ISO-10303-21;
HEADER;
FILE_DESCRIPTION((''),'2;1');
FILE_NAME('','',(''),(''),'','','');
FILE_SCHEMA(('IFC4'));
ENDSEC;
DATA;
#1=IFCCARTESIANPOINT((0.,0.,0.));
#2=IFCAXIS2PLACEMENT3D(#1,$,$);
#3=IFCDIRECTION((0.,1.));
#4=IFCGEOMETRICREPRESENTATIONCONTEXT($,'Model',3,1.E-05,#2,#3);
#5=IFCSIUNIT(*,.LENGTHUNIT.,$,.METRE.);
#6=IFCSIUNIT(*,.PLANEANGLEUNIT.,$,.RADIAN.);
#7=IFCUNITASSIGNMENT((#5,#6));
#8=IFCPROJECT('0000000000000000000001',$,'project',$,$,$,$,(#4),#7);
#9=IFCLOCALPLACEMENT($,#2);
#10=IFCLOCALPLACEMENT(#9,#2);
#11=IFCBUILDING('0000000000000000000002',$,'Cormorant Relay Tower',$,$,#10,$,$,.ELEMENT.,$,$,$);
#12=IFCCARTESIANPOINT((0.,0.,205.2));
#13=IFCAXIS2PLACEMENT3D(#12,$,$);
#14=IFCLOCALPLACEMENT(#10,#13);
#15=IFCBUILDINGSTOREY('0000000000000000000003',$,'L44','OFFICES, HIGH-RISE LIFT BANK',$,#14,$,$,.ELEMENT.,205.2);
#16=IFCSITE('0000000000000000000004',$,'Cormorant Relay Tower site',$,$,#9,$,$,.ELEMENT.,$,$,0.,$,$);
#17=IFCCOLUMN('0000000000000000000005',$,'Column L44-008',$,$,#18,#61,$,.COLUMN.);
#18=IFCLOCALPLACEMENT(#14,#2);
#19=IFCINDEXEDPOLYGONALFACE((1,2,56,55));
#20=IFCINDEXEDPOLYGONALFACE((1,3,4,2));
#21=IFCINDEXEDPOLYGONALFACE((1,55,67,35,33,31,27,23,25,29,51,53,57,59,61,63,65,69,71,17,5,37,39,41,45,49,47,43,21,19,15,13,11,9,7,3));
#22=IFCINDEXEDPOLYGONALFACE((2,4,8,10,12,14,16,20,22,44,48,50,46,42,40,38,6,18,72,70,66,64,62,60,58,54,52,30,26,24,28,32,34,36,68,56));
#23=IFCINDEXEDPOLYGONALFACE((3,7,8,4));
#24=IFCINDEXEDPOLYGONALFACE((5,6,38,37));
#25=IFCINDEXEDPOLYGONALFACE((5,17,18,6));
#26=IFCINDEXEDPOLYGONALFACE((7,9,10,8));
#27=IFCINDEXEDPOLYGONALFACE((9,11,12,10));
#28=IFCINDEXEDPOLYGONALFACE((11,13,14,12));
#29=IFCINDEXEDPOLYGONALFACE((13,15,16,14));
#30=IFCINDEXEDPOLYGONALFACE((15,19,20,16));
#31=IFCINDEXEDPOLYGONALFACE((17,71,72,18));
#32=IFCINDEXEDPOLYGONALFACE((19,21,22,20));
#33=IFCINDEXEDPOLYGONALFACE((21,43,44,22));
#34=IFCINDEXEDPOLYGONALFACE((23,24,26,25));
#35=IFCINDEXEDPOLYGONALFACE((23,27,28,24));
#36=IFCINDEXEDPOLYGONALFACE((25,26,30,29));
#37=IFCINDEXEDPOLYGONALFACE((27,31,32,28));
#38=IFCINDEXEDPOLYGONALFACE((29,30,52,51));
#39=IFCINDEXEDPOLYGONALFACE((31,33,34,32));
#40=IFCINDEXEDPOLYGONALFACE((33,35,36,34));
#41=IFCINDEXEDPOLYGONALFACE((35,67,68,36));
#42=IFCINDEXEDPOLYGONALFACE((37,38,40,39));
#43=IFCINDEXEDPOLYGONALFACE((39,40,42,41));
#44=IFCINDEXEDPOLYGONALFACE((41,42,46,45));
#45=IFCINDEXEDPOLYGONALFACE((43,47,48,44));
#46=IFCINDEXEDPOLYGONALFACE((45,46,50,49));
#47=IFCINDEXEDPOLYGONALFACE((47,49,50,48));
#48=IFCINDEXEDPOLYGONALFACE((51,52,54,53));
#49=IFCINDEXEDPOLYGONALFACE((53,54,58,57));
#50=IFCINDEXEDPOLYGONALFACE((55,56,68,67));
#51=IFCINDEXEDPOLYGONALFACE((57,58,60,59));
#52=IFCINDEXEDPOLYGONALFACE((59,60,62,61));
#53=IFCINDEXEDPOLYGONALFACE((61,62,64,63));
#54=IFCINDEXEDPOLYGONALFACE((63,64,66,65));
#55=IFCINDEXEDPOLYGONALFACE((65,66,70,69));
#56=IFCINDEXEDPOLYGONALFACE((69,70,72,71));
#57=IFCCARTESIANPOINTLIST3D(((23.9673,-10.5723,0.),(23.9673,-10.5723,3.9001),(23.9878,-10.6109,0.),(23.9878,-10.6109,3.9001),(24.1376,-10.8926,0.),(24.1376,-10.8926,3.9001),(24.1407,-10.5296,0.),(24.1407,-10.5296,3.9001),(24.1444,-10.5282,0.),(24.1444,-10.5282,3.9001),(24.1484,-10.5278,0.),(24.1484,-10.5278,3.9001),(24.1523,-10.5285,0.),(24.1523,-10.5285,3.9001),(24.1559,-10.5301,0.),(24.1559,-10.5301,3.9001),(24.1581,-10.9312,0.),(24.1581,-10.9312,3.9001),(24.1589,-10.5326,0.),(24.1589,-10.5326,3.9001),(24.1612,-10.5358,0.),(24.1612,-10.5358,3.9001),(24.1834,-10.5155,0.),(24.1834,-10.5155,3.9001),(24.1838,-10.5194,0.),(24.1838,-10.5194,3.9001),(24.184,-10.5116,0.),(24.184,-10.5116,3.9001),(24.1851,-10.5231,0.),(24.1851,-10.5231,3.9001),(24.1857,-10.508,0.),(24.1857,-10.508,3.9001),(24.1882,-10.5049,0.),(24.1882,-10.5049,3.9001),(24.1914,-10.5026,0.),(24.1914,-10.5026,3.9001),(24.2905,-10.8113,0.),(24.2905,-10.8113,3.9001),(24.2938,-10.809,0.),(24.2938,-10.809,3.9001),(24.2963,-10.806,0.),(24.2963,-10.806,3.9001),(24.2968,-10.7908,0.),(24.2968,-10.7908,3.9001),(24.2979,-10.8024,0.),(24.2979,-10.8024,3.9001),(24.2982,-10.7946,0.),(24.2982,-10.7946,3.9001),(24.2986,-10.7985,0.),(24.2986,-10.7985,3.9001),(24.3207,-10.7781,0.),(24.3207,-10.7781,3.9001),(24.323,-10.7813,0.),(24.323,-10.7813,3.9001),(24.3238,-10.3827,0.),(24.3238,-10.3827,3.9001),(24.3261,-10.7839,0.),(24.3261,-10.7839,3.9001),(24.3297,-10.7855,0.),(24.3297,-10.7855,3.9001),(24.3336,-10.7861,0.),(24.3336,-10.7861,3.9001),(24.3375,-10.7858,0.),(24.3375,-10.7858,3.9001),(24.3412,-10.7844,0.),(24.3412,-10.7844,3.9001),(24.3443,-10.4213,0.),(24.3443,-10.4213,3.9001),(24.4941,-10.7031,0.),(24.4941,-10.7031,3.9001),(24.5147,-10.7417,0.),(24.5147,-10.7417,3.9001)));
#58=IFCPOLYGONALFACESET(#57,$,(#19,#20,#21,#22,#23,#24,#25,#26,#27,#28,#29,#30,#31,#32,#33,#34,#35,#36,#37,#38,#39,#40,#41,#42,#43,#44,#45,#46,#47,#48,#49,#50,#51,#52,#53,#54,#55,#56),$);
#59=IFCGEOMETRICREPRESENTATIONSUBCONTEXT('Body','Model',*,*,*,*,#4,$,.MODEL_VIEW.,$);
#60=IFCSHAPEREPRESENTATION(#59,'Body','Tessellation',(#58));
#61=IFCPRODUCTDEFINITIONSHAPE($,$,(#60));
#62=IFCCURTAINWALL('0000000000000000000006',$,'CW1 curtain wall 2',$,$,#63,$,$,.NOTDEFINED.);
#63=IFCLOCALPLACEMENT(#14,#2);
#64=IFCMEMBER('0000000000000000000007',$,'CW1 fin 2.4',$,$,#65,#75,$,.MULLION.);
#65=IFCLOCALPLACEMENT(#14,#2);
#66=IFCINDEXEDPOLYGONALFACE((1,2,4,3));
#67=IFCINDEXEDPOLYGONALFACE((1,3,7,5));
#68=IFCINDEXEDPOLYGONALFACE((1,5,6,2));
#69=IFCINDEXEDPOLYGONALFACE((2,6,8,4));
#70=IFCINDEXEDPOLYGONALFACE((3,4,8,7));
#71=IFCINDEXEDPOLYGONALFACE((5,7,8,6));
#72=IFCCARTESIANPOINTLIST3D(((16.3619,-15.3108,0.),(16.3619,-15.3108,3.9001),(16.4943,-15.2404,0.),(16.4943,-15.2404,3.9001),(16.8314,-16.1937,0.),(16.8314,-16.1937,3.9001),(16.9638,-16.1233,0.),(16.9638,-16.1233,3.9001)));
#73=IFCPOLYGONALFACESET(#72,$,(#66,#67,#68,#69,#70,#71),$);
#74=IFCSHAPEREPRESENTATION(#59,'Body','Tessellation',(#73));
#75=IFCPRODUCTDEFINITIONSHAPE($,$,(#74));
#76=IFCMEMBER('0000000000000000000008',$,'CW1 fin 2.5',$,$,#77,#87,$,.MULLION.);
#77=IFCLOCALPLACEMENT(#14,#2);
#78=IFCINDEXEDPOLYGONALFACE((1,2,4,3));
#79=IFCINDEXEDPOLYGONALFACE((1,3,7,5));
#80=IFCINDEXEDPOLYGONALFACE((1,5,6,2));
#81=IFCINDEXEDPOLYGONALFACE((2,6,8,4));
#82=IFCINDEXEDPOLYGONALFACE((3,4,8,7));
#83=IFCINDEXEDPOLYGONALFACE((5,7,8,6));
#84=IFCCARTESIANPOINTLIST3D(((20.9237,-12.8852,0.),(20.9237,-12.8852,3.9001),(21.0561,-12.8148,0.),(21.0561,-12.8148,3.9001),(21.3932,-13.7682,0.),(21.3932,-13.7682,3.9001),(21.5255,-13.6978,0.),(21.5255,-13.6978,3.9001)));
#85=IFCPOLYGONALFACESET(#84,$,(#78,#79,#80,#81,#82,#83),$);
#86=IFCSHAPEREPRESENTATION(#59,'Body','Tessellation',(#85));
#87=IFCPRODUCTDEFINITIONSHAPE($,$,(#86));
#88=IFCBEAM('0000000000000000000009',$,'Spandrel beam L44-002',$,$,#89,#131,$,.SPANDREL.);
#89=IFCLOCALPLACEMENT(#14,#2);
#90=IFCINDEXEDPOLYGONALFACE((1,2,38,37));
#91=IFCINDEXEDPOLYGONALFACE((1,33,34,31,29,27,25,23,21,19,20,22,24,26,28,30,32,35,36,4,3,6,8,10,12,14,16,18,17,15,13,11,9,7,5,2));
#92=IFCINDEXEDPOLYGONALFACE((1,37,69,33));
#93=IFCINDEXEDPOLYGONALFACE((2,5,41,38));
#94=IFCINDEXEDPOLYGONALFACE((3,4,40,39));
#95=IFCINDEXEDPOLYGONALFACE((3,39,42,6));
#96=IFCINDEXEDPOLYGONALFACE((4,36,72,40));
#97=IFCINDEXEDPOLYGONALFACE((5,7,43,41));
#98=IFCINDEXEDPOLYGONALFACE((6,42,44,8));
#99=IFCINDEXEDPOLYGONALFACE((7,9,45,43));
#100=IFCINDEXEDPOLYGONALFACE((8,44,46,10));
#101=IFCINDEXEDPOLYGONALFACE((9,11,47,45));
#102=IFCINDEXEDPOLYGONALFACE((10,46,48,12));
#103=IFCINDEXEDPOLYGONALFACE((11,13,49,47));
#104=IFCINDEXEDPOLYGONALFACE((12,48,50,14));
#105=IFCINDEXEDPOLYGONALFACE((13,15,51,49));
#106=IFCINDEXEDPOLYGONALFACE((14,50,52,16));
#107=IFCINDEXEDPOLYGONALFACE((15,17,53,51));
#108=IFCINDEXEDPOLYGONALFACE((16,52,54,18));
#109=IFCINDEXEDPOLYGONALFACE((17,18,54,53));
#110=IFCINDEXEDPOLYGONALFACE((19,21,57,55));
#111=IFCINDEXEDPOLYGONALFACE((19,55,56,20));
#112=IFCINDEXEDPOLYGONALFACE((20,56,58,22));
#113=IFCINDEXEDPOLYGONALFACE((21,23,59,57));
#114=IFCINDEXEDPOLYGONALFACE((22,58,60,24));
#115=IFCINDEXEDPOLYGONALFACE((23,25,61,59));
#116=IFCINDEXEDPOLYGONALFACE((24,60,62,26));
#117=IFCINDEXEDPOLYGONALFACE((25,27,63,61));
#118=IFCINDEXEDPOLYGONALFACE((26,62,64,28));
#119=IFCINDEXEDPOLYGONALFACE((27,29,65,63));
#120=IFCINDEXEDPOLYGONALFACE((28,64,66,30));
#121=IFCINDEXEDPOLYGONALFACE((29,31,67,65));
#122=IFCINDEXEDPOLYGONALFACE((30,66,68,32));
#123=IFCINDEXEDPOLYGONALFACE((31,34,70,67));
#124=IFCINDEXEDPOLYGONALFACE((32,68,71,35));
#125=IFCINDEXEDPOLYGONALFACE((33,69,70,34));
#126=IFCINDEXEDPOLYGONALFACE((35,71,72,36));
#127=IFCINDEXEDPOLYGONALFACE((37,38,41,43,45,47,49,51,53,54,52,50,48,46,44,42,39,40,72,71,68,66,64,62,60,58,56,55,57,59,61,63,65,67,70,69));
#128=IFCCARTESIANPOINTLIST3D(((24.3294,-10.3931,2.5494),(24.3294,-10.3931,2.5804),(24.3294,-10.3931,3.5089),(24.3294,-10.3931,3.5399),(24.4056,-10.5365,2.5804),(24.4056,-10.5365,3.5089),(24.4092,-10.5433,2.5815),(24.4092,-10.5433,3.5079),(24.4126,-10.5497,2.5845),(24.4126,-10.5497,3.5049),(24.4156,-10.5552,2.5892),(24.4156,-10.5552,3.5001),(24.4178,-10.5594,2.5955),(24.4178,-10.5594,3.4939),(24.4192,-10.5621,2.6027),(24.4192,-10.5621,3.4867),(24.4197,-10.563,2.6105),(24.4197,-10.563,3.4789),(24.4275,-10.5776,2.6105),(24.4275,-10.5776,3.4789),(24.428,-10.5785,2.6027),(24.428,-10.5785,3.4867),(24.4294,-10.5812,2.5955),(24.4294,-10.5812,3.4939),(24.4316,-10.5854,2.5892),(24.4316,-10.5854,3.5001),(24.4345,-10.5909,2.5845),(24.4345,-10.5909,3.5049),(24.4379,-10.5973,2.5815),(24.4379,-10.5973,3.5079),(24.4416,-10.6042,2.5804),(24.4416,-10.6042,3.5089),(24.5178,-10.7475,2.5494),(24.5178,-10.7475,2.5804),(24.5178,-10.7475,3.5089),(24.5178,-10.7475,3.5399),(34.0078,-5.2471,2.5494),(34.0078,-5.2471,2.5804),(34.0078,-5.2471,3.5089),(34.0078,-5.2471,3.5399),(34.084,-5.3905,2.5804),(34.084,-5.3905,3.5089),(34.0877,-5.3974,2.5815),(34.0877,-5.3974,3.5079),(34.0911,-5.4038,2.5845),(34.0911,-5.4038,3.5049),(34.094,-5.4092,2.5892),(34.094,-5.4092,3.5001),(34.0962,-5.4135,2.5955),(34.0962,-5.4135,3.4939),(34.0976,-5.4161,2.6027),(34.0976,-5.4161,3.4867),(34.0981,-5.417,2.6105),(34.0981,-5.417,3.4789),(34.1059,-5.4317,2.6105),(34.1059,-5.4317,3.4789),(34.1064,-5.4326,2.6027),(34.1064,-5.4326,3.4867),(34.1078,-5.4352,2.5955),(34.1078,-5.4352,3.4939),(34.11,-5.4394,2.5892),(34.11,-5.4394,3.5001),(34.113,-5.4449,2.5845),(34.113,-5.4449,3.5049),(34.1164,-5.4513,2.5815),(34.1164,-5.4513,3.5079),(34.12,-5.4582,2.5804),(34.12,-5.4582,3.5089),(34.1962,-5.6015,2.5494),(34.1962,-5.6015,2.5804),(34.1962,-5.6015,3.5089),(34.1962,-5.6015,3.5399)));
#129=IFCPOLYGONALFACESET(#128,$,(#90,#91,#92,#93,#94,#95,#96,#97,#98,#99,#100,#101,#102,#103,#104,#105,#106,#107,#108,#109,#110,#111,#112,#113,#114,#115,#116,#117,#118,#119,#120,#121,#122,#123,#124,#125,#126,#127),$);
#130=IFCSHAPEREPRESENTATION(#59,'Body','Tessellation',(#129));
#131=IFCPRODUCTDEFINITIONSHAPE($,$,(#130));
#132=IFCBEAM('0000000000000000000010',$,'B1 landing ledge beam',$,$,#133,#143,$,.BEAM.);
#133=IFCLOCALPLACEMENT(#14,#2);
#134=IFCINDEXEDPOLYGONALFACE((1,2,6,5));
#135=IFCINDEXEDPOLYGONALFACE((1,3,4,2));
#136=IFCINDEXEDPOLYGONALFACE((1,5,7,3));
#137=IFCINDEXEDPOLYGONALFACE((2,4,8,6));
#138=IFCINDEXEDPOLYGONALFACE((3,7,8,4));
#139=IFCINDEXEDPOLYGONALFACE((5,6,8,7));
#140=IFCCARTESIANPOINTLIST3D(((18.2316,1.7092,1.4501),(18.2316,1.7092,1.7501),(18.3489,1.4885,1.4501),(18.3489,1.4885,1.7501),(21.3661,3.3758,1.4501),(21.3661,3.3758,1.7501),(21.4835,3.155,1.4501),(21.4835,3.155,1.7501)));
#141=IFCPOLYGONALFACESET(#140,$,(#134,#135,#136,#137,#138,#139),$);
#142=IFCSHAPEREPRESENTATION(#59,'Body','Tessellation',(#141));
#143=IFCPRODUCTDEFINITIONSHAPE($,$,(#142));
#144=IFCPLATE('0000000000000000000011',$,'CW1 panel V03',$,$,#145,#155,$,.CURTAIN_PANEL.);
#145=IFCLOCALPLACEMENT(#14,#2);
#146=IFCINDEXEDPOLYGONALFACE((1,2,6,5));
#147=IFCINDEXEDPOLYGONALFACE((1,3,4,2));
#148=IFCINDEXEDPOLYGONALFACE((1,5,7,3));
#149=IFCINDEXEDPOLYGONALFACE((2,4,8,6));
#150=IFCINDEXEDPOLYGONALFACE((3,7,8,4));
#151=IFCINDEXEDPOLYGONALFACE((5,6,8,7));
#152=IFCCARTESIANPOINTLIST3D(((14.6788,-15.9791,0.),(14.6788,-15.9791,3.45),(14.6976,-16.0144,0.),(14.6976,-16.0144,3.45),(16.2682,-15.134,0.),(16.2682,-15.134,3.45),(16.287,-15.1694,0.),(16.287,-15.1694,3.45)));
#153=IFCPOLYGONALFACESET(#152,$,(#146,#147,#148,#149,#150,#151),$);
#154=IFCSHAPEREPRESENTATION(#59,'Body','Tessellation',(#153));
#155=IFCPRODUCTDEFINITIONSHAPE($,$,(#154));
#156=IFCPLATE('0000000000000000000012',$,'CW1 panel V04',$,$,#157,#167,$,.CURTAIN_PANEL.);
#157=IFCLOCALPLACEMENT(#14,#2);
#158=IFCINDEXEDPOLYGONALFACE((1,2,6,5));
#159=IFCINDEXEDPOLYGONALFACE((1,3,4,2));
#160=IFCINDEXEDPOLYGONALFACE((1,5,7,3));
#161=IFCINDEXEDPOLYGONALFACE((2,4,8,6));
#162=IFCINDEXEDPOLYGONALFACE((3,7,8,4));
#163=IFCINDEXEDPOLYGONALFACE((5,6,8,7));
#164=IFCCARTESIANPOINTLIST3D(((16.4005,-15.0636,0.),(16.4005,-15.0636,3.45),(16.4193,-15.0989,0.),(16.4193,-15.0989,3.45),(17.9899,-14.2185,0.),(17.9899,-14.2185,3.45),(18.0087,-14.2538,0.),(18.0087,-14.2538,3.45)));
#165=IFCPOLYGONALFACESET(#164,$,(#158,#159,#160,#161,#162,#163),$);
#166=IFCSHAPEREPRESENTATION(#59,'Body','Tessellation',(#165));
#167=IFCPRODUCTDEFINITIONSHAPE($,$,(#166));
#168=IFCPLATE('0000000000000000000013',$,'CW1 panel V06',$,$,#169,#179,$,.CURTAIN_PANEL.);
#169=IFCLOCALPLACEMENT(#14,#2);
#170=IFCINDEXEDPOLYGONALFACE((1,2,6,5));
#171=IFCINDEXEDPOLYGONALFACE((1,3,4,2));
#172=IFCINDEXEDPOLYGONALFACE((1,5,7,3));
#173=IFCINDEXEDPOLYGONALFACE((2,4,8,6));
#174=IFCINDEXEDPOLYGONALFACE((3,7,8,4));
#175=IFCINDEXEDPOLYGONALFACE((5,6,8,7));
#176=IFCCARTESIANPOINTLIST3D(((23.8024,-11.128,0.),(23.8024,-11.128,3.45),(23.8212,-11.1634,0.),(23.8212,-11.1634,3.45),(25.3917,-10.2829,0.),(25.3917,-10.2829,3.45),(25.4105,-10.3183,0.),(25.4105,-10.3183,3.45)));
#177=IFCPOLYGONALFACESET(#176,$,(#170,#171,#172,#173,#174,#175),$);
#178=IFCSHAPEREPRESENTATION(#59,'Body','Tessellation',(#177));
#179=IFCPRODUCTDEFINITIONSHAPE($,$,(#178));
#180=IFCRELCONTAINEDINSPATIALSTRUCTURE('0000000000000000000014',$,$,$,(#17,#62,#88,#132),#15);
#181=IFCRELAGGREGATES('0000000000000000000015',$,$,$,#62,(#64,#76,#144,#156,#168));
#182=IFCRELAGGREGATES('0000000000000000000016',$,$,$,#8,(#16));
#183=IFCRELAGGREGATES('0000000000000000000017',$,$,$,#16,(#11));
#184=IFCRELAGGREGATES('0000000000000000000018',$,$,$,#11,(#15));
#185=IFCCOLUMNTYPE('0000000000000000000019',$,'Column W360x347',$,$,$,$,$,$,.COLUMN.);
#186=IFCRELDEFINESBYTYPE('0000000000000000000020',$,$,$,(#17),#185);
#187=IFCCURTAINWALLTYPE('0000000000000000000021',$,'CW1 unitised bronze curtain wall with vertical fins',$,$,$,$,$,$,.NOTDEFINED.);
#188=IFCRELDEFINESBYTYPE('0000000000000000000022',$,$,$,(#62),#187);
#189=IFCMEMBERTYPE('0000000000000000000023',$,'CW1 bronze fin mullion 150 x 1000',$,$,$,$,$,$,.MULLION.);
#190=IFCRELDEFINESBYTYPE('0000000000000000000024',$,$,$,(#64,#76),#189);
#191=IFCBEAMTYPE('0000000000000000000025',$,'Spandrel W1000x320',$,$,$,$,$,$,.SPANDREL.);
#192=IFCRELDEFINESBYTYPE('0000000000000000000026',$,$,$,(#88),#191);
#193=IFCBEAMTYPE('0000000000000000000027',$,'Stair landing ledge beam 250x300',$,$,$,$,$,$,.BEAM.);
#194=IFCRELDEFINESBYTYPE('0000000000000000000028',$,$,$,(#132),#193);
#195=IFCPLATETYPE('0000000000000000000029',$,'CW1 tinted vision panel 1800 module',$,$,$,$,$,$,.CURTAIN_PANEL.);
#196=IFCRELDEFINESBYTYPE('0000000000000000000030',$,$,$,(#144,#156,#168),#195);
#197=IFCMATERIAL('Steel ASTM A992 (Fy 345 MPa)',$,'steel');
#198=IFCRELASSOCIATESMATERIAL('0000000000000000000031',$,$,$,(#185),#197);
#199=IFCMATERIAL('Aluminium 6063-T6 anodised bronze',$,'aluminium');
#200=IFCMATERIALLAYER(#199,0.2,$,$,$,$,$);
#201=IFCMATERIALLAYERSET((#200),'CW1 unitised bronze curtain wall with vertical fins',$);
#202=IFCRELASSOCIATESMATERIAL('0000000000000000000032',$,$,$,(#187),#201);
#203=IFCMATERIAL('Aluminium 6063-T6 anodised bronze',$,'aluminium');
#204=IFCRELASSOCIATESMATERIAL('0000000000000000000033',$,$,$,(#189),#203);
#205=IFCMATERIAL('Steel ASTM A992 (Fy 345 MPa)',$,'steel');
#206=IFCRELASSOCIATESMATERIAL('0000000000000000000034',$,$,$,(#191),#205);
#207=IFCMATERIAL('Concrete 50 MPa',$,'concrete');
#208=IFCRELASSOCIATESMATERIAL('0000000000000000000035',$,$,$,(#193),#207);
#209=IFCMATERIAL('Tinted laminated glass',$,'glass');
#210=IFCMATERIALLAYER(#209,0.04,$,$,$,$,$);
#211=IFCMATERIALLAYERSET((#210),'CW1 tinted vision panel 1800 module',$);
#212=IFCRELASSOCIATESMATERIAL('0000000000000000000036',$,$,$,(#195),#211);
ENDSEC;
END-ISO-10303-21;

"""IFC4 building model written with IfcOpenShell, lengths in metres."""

from ifc_helpers import new_model, si_unit, direction, frame, origin, origin_2d, place, context, subcontext, project, spatial, rectangle, i_section, extrude, material, layer, layer_set, material_profile, profile_set, type_object, element, aggregate, save


model = new_model("IFC4")

# Units and contexts
model_context = context("Model", 3, precision=1e-05, world=origin(), true_north=direction((0.0, 1.0)))
body_context = subcontext(model_context, "Body", "Model", "MODEL_VIEW")
ifc_project = project(units=[si_unit("LENGTHUNIT", "METRE"), si_unit("PLANEANGLEUNIT", "RADIAN")], contexts=[model_context])

# Site, building, storey
site_placement = place(None, origin())
site = spatial("IfcSite", under=ifc_project, at=site_placement, Name="Cormorant Relay Tower site", CompositionType="ELEMENT", RefElevation=0.0)
building_placement = place(site_placement, origin())
building = spatial("IfcBuilding", under=site, at=building_placement, Name="Cormorant Relay Tower", CompositionType="ELEMENT")
storey_placement = place(building_placement, frame((0.0, 0.0, 205.2)))
storey = spatial("IfcBuildingStorey", under=building, at=storey_placement, Name="L44", Description="OFFICES, HIGH-RISE LIFT BANK", CompositionType="ELEMENT", Elevation=205.2)

# Column
ifc_material_1 = material(Name="Steel ASTM A992 (Fy 345 MPa)", Category="steel")
ifc_material_profile_1 = material_profile(ifc_material_1, i_section(OverallWidth=0.4038, OverallDepth=0.4065, WebThickness=0.0271, FlangeThickness=0.0437, FilletRadius=0.0151, at=origin_2d()), Name="W360x347")
ifc_profile_set_1 = profile_set([ifc_material_profile_1], Name="Steel ASTM A992 (Fy 345 MPa)")
column_type = type_object("IfcColumnType", Name="Column W360x347", PredefinedType="COLUMN", material=ifc_profile_set_1)
column_placement = place(storey_placement, frame((24.241, -10.657, 0.0), z_axis=(0.0, 0.0, 1.0), x_axis=(0.882948, 0.469472, 0.0)))
element("IfcColumn", 1, at=column_placement, inside=storey, type_object=column_type, Name="Column L44-008", PredefinedType="COLUMN", context=body_context, shape_type="SweptSolid", body=[
    extrude(i_section(OverallWidth=0.4038, OverallDepth=0.4065, WebThickness=0.0271, FlangeThickness=0.0437, FilletRadius=0.0151, at=origin_2d()), origin(), (0.0, 0.0, 1.0), 3.9001),
])

# Curtain wall, members
ifc_material_2 = material(Name="Aluminium 6063-T6 anodised bronze", Category="aluminium")
ifc_layer_1 = layer(ifc_material_2, 0.2)
ifc_layer_set_1 = layer_set([ifc_layer_1], Name="CW1 unitised bronze curtain wall with vertical fins")
curtain_wall_type = type_object("IfcCurtainWallType", Name="CW1 unitised bronze curtain wall with vertical fins", PredefinedType="NOTDEFINED", material=ifc_layer_set_1)
curtain_wall_placement = place(storey_placement, origin())
curtain_wall = element("IfcCurtainWall", 2, at=curtain_wall_placement, inside=storey, type_object=curtain_wall_type, Name="CW1 curtain wall 2", PredefinedType="NOTDEFINED")
ifc_material_3 = material(Name="Aluminium 6063-T6 anodised bronze", Category="aluminium")
ifc_material_profile_2 = material_profile(ifc_material_3, rectangle(XDim=0.1499, YDim=1.0, at=origin_2d()), Name="AL 150x1000")
ifc_profile_set_2 = profile_set([ifc_material_profile_2], Name="Aluminium 6063-T6 anodised bronze")
member_type = type_object("IfcMemberType", Name="CW1 bronze fin mullion 150 x 1000", PredefinedType="MULLION", material=ifc_profile_set_2)
member_1_placement = place(storey_placement, frame((16.6628, -15.717, 0.0), z_axis=(0.0, 0.0, 1.0), x_axis=(0.882948, 0.469472, 0.0)))
member_1 = element("IfcMember", 3, at=member_1_placement, type_object=member_type, Name="CW1 fin 2.4", PredefinedType="MULLION", context=body_context, shape_type="SweptSolid", body=[
    extrude(rectangle(XDim=0.1499, YDim=1.0, at=origin_2d()), origin(), (0.0, 0.0, 1.0), 3.9001),
])
member_2_placement = place(storey_placement, frame((21.2246, -13.2915, 0.0), z_axis=(0.0, 0.0, 1.0), x_axis=(0.882948, 0.469472, 0.0)))
member_2 = element("IfcMember", 4, at=member_2_placement, type_object=member_type, Name="CW1 fin 2.5", PredefinedType="MULLION", context=body_context, shape_type="SweptSolid", body=[
    extrude(rectangle(XDim=0.1499, YDim=1.0, at=origin_2d()), origin(), (0.0, 0.0, 1.0), 3.9001),
])

# Beams
ifc_material_4 = material(Name="Steel ASTM A992 (Fy 345 MPa)", Category="steel")
ifc_material_profile_3 = material_profile(ifc_material_4, i_section(OverallWidth=0.4014, OverallDepth=0.9905, WebThickness=0.0166, FlangeThickness=0.031, FilletRadius=0.03, at=origin_2d()), Name="W1000x320")
ifc_profile_set_3 = profile_set([ifc_material_profile_3], Name="Steel ASTM A992 (Fy 345 MPa)")
beam_type_1 = type_object("IfcBeamType", Name="Spandrel W1000x320", PredefinedType="SPANDREL", material=ifc_profile_set_3)
beam_1_placement = place(storey_placement, frame((24.4236, -10.5703, 3.0447), z_axis=(0.882953, 0.469462, 0.0), x_axis=(-0.469462, 0.882953, 0.0)))
element("IfcBeam", 5, at=beam_1_placement, inside=storey, type_object=beam_type_1, Name="Spandrel beam L44-002", PredefinedType="SPANDREL", context=body_context, shape_type="SweptSolid", body=[
    extrude(i_section(OverallWidth=0.4014, OverallDepth=0.9905, WebThickness=0.0166, FlangeThickness=0.031, FilletRadius=0.03, at=origin_2d()), origin(), (0.0, 0.0, 1.0), 10.9614),
])
ifc_material_5 = material(Name="Concrete 50 MPa", Category="concrete")
ifc_material_profile_4 = material_profile(ifc_material_5, rectangle(XDim=0.25, YDim=0.3, at=origin_2d()), Name="RC 250x300")
ifc_profile_set_4 = profile_set([ifc_material_profile_4], Name="Concrete 50 MPa")
beam_type_2 = type_object("IfcBeamType", Name="Stair landing ledge beam 250x300", PredefinedType="BEAM", material=ifc_profile_set_4)
beam_2_placement = place(storey_placement, frame((21.4248, 3.2654, 1.6001), z_axis=(-0.882965, -0.469438, 0.0), x_axis=(0.469438, -0.882965, 0.0)))
element("IfcBeam", 6, at=beam_2_placement, inside=storey, type_object=beam_type_2, Name="B1 landing ledge beam", PredefinedType="BEAM", context=body_context, shape_type="SweptSolid", body=[
    extrude(rectangle(XDim=0.25, YDim=0.3, at=origin_2d()), origin(), (0.0, 0.0, 1.0), 3.55),
])

# Plates
ifc_material_6 = material(Name="Tinted laminated glass", Category="glass")
ifc_layer_2 = layer(ifc_material_6, 0.04)
ifc_layer_set_2 = layer_set([ifc_layer_2], Name="CW1 tinted vision panel 1800 module")
plate_type = type_object("IfcPlateType", Name="CW1 tinted vision panel 1800 module", PredefinedType="CURTAIN_PANEL", material=ifc_layer_set_2)
plate_1_placement = place(storey_placement, frame((15.4829, -15.5742, 0.0), z_axis=(0.0, 0.0, 1.0), x_axis=(0.882948, 0.469472, 0.0)))
plate_1 = element("IfcPlate", 7, at=plate_1_placement, type_object=plate_type, Name="CW1 panel V03", PredefinedType="CURTAIN_PANEL", context=body_context, shape_type="SweptSolid", body=[
    extrude(rectangle(XDim=1.8, YDim=0.04, at=origin_2d()), origin(), (0.0, 0.0, 1.0), 3.45),
])
plate_2_placement = place(storey_placement, frame((17.2046, -14.6587, 0.0), z_axis=(0.0, 0.0, 1.0), x_axis=(0.882948, 0.469472, 0.0)))
plate_2 = element("IfcPlate", 8, at=plate_2_placement, type_object=plate_type, Name="CW1 panel V04", PredefinedType="CURTAIN_PANEL", context=body_context, shape_type="SweptSolid", body=[
    extrude(rectangle(XDim=1.8, YDim=0.04, at=origin_2d()), origin(), (0.0, 0.0, 1.0), 3.45),
])
plate_3_placement = place(storey_placement, frame((24.6064, -10.7231, 0.0), z_axis=(0.0, 0.0, 1.0), x_axis=(0.882948, 0.469472, 0.0)))
plate_3 = element("IfcPlate", 9, at=plate_3_placement, type_object=plate_type, Name="CW1 panel V06", PredefinedType="CURTAIN_PANEL", context=body_context, shape_type="SweptSolid", body=[
    extrude(rectangle(XDim=1.8, YDim=0.04, at=origin_2d()), origin(), (0.0, 0.0, 1.0), 3.45),
])

aggregate(curtain_wall, [member_1, member_2, plate_1, plate_2, plate_3])

save(model, "model.ifc")
